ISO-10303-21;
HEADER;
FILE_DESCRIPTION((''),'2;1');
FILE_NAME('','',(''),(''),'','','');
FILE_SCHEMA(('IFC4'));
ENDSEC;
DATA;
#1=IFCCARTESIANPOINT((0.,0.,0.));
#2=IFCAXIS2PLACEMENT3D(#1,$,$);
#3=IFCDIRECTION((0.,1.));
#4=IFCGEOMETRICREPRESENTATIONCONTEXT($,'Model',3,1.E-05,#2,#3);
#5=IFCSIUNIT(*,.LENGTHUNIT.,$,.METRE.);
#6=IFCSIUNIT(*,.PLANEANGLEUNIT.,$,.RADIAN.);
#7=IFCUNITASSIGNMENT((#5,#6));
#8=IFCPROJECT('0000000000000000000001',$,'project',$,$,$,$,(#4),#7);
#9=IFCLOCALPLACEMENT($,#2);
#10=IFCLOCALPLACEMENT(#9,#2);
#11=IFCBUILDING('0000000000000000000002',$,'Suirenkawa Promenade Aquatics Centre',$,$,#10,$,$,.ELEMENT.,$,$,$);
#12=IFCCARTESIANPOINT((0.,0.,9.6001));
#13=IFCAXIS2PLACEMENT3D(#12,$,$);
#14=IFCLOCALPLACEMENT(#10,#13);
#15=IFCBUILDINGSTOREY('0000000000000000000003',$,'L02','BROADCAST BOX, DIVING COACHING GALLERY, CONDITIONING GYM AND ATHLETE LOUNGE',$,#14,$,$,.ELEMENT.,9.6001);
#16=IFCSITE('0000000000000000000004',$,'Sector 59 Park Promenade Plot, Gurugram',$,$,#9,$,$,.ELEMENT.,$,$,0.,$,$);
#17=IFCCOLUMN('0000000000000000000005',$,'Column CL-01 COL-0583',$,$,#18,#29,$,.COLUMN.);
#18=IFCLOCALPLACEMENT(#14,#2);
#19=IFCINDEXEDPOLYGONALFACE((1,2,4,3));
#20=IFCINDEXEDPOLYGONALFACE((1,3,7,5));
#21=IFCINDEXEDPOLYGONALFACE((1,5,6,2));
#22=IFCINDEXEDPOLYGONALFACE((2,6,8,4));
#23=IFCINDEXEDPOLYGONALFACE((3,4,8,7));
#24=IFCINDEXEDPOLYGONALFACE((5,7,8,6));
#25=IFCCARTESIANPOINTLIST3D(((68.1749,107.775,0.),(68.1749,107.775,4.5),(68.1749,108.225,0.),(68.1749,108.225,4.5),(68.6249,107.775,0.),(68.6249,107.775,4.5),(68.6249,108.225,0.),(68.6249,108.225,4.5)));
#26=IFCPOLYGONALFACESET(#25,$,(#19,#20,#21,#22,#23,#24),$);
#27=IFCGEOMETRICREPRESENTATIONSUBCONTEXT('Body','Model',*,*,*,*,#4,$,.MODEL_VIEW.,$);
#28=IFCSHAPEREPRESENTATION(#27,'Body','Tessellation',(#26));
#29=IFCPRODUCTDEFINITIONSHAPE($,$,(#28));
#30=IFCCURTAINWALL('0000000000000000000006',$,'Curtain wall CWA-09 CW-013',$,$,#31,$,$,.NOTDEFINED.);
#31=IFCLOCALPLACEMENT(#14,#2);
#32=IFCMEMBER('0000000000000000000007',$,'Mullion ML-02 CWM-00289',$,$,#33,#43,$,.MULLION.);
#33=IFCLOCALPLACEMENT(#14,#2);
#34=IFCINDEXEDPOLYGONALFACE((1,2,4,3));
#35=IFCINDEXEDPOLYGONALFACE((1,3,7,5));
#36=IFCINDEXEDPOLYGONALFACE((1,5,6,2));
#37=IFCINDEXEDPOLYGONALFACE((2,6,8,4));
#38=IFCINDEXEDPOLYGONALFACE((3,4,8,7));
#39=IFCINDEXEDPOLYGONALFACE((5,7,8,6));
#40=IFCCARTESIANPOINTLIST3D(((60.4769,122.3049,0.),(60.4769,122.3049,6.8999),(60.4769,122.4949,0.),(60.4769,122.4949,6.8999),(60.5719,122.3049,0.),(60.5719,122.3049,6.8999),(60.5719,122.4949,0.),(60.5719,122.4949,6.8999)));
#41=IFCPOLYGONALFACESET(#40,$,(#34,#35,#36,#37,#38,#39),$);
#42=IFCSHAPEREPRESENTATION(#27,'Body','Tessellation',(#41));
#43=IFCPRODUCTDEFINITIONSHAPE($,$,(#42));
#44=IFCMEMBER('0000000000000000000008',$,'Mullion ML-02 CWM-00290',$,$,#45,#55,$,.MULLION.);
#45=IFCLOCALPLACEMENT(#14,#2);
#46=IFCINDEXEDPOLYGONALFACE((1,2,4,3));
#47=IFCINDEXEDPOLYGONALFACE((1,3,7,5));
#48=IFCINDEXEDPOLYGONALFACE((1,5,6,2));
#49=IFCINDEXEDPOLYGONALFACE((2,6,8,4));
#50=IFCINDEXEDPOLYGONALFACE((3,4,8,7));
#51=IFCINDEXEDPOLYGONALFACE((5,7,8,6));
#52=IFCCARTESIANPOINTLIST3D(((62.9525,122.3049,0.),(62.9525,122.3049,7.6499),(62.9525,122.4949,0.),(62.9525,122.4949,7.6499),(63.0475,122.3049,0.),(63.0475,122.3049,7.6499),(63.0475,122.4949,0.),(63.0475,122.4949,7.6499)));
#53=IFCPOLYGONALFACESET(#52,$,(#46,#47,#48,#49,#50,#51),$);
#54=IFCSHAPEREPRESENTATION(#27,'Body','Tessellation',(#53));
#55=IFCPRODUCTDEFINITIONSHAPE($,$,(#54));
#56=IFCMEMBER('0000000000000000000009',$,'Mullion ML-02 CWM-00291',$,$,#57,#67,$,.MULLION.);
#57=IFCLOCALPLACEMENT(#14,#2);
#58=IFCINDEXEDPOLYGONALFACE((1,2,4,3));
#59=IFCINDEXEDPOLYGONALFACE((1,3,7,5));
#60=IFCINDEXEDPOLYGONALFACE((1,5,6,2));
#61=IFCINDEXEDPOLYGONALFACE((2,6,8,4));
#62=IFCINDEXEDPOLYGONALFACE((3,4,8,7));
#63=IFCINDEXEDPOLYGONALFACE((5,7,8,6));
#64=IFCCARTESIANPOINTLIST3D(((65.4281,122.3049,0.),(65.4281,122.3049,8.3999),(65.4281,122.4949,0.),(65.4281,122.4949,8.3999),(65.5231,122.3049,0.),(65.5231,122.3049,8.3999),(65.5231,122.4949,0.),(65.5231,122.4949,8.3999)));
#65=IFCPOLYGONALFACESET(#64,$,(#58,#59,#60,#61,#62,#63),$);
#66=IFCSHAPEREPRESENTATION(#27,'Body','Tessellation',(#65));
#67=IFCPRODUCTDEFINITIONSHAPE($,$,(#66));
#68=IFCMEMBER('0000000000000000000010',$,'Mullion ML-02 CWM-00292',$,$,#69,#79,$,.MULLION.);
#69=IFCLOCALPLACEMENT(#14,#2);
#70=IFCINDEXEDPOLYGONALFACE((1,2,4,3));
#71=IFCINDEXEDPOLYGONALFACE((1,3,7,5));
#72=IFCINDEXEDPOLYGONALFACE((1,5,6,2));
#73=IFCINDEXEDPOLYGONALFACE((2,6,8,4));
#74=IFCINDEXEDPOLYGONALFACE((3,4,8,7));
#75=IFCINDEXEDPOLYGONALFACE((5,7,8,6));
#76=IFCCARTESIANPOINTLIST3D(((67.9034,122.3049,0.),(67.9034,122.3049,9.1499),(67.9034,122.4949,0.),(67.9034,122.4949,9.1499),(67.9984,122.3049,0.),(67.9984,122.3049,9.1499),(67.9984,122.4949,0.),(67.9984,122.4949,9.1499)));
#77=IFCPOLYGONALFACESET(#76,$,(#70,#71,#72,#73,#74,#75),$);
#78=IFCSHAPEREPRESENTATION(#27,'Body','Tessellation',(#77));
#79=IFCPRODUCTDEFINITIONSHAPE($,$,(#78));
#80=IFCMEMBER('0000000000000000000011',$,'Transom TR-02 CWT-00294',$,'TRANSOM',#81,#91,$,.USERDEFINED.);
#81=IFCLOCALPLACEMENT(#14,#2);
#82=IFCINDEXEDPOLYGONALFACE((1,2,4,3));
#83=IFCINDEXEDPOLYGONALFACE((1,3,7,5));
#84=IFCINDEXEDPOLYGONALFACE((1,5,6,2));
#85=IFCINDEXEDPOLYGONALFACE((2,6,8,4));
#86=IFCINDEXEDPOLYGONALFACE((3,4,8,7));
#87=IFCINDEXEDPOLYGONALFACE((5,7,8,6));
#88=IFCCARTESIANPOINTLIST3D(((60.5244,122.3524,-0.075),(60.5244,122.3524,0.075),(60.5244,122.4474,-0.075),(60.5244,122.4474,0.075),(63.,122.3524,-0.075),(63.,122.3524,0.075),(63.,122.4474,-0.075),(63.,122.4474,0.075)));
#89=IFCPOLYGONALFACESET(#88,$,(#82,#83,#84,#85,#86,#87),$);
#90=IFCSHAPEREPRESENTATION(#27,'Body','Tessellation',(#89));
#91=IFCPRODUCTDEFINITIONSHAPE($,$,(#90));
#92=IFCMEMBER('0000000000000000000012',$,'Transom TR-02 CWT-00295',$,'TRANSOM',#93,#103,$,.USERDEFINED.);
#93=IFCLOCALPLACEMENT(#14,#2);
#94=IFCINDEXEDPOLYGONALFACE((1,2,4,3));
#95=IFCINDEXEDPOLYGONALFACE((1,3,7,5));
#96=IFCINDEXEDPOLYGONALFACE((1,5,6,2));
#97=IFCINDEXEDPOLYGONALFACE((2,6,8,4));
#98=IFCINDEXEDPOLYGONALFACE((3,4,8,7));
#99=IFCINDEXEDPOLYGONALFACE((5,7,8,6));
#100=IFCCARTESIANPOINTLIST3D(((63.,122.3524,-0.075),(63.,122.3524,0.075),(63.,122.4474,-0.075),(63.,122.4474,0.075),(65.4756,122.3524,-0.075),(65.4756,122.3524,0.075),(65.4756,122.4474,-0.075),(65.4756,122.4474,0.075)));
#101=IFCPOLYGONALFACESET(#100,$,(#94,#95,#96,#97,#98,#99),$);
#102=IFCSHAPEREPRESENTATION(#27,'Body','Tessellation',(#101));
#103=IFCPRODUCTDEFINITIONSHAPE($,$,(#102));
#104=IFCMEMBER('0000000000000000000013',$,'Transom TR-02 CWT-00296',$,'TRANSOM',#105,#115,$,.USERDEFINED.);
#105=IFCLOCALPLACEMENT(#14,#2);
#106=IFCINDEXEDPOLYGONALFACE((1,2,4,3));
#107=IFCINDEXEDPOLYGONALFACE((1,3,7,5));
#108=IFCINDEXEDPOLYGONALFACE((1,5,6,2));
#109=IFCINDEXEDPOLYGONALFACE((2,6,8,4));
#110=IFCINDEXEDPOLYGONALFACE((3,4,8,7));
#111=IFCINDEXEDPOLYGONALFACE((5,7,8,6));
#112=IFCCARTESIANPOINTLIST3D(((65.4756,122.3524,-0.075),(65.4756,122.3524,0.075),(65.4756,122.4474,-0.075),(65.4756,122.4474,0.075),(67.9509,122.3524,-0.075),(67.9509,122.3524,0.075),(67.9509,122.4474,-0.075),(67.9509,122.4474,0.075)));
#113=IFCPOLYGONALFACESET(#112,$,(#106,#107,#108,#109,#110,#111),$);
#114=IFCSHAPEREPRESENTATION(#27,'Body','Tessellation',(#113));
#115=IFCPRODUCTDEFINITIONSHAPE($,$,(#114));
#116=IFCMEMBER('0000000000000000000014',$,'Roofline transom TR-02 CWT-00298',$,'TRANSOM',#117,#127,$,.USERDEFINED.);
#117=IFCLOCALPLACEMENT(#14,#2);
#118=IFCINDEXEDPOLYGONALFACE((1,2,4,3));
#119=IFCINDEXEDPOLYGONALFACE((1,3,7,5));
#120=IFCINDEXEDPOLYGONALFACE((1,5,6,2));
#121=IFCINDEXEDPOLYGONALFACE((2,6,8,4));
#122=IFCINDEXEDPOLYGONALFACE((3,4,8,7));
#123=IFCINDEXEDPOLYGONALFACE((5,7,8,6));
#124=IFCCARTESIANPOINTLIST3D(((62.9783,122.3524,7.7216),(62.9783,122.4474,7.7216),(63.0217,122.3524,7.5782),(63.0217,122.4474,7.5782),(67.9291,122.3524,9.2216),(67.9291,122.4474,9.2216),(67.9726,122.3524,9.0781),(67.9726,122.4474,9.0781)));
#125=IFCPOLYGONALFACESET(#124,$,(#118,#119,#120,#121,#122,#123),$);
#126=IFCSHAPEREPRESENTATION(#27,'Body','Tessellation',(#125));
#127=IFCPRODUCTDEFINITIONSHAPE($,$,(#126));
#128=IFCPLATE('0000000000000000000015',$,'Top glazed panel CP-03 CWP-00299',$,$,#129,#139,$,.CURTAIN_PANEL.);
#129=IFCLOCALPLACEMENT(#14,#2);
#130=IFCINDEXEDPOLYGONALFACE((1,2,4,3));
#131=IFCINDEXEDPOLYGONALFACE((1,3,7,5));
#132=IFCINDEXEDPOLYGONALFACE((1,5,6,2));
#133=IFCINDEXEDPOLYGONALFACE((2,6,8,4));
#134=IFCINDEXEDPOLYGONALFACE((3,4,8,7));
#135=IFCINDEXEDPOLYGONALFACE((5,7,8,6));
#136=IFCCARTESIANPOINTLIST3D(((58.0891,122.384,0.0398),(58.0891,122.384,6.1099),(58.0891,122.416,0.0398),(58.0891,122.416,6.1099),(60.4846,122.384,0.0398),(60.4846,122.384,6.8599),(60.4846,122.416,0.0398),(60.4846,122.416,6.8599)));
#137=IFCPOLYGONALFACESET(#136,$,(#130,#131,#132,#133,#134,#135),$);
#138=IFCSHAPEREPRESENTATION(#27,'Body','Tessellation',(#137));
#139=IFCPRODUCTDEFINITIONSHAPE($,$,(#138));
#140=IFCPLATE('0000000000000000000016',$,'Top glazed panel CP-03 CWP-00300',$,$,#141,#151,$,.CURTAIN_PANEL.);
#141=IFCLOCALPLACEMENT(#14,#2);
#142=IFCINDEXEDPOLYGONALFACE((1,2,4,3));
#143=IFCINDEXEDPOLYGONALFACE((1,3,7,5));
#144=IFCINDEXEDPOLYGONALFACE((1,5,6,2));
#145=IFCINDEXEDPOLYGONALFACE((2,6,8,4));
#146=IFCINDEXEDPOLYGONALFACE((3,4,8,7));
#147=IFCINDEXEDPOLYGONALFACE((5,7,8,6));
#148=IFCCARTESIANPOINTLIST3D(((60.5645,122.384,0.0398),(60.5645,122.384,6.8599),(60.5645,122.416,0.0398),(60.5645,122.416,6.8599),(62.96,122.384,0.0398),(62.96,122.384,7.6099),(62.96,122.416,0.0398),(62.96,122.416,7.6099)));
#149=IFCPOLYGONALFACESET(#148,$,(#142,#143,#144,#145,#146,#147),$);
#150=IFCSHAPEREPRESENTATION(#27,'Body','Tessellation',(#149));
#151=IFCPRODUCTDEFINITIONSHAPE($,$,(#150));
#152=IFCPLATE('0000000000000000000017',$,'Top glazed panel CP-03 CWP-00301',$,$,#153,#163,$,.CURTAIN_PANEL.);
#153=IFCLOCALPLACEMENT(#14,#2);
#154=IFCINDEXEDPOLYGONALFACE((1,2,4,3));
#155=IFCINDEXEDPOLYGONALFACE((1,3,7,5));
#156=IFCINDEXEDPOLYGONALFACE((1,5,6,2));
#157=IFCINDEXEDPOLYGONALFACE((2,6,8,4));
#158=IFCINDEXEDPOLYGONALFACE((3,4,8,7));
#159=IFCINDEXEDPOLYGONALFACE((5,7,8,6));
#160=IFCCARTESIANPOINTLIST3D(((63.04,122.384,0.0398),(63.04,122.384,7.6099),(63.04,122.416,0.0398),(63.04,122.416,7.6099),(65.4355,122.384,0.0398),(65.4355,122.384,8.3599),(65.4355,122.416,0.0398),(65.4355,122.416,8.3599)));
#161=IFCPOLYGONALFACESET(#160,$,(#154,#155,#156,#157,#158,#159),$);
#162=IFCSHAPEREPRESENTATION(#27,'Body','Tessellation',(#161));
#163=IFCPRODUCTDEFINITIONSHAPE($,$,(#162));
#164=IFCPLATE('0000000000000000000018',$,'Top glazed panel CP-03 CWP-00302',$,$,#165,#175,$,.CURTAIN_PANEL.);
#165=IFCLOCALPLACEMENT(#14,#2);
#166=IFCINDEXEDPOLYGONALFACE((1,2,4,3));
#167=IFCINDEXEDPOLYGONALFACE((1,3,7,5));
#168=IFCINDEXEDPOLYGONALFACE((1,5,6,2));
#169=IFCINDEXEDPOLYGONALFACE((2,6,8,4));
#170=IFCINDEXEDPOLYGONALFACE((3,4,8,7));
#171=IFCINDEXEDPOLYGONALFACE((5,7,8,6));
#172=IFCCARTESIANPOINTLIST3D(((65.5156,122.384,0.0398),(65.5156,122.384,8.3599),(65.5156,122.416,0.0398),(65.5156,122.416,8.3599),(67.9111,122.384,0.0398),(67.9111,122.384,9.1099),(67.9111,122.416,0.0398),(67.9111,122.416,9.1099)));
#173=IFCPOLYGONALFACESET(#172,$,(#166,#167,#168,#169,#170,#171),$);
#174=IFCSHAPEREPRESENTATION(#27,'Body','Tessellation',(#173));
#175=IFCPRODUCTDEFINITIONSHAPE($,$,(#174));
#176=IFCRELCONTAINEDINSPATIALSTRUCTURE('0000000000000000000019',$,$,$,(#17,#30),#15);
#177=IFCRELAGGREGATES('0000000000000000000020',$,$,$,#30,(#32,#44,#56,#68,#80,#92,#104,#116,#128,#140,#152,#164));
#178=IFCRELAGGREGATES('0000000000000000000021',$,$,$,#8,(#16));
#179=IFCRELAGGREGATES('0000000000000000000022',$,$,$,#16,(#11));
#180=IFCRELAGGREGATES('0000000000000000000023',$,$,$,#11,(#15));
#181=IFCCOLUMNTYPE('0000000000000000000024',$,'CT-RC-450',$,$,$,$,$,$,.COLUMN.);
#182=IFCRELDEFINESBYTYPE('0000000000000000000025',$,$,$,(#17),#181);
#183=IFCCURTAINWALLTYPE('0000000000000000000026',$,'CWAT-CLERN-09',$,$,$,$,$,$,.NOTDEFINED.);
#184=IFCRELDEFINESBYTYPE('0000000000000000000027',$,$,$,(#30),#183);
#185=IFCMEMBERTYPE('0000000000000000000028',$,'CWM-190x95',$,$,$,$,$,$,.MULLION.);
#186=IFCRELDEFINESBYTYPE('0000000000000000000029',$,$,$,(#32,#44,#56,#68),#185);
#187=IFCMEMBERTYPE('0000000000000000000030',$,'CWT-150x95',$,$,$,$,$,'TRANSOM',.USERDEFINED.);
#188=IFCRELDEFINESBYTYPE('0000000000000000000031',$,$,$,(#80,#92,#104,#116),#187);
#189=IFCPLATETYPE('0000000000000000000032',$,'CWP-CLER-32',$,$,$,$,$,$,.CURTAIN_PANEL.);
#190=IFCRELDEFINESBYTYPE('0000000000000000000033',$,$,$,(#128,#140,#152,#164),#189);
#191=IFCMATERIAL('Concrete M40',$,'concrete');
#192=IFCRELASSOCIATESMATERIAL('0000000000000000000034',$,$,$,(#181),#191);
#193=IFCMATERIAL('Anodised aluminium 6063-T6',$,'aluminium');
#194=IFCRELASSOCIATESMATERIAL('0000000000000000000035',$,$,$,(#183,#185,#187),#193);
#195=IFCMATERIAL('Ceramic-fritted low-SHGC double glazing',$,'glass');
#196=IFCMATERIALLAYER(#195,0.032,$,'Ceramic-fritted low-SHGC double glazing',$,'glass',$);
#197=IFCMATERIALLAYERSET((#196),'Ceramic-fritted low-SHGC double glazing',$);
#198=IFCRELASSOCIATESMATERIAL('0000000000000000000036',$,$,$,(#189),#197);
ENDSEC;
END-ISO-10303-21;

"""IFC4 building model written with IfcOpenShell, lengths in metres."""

from ifc_helpers import new_model, si_unit, direction, frame, origin, origin_2d, place, context, subcontext, project, spatial, polyline, rectangle, outline, extrude, material, layer, layer_set, material_profile, profile_set, type_object, element, aggregate, save


model = new_model("IFC4")

# Units and contexts
model_context = context("Model", 3, precision=1e-05, world=origin(), true_north=direction((0.0, 1.0)))
body_context = subcontext(model_context, "Body", "Model", "MODEL_VIEW")
ifc_project = project(units=[si_unit("LENGTHUNIT", "METRE"), si_unit("PLANEANGLEUNIT", "RADIAN")], contexts=[model_context])

# Site, building, storey
site_placement = place(None, origin())
site = spatial("IfcSite", under=ifc_project, at=site_placement, Name="Sector 59 Park Promenade Plot, Gurugram", CompositionType="ELEMENT", RefElevation=0.0)
building_placement = place(site_placement, origin())
building = spatial("IfcBuilding", under=site, at=building_placement, Name="Suirenkawa Promenade Aquatics Centre", CompositionType="ELEMENT")
storey_placement = place(building_placement, frame((0.0, 0.0, 9.6001)))
storey = spatial("IfcBuildingStorey", under=building, at=storey_placement, Name="L02", Description="BROADCAST BOX, DIVING COACHING GALLERY, CONDITIONING GYM AND ATHLETE LOUNGE", CompositionType="ELEMENT", Elevation=9.6001)

# Column
ifc_material_1 = material(Name="Concrete M40", Category="concrete")
ifc_material_profile_1 = material_profile(ifc_material_1, rectangle(XDim=0.45, YDim=0.45, at=origin_2d()), Name="RC COL 450x450", Category="concrete")
ifc_profile_set_1 = profile_set([ifc_material_profile_1], Name="Concrete M40")
column_type = type_object("IfcColumnType", Name="CT-RC-450", PredefinedType="COLUMN", material=ifc_profile_set_1)
column_placement = place(storey_placement, frame((68.3999, 108.0, 0.0), z_axis=(0.0, 0.0, 1.0), x_axis=(1.0, 0.0, 0.0)))
element("IfcColumn", 1, at=column_placement, inside=storey, type_object=column_type, Name="Column CL-01 COL-0583", PredefinedType="COLUMN", context=body_context, shape_type="SweptSolid", body=[
    extrude(rectangle(XDim=0.45, YDim=0.45, at=origin_2d()), origin(), (0.0, 0.0, 1.0), 4.5),
])

# Curtain wall, members, plates
ifc_material_2 = material(Name="Anodised aluminium 6063-T6", Category="aluminium")
curtain_wall_type = type_object("IfcCurtainWallType", Name="CWAT-CLERN-09", PredefinedType="NOTDEFINED", material=ifc_material_2)
curtain_wall_placement = place(storey_placement, origin())
curtain_wall = element("IfcCurtainWall", 2, at=curtain_wall_placement, inside=storey, type_object=curtain_wall_type, Name="Curtain wall CWA-09 CW-013", PredefinedType="NOTDEFINED")
ifc_material_profile_2 = material_profile(ifc_material_2, rectangle(XDim=0.095, YDim=0.1899, at=origin_2d()), Name="ALU MULL 95x190", Category="aluminium")
ifc_profile_set_2 = profile_set([ifc_material_profile_2], Name="Anodised aluminium 6063-T6")
member_type_1 = type_object("IfcMemberType", Name="CWM-190x95", PredefinedType="MULLION", material=ifc_profile_set_2)
member_1_placement = place(storey_placement, frame((60.5244, 122.3999, 0.0), z_axis=(0.0, 0.0, 1.0), x_axis=(1.0, 0.0, 0.0)))
member_1 = element("IfcMember", 3, at=member_1_placement, type_object=member_type_1, Name="Mullion ML-02 CWM-00289", PredefinedType="MULLION", context=body_context, shape_type="SweptSolid", body=[
    extrude(rectangle(XDim=0.095, YDim=0.1899, at=origin_2d()), origin(), (0.0, 0.0, 1.0), 6.8999),
])
member_2_placement = place(storey_placement, frame((63.0, 122.3999, 0.0), z_axis=(0.0, 0.0, 1.0), x_axis=(1.0, 0.0, 0.0)))
member_2 = element("IfcMember", 4, at=member_2_placement, type_object=member_type_1, Name="Mullion ML-02 CWM-00290", PredefinedType="MULLION", context=body_context, shape_type="SweptSolid", body=[
    extrude(rectangle(XDim=0.095, YDim=0.1899, at=origin_2d()), origin(), (0.0, 0.0, 1.0), 7.6499),
])
member_3_placement = place(storey_placement, frame((65.4756, 122.3999, 0.0), z_axis=(0.0, 0.0, 1.0), x_axis=(1.0, 0.0, 0.0)))
member_3 = element("IfcMember", 5, at=member_3_placement, type_object=member_type_1, Name="Mullion ML-02 CWM-00291", PredefinedType="MULLION", context=body_context, shape_type="SweptSolid", body=[
    extrude(rectangle(XDim=0.095, YDim=0.1899, at=origin_2d()), origin(), (0.0, 0.0, 1.0), 8.3999),
])
member_4_placement = place(storey_placement, frame((67.9509, 122.3999, 0.0), z_axis=(0.0, 0.0, 1.0), x_axis=(1.0, 0.0, 0.0)))
member_4 = element("IfcMember", 6, at=member_4_placement, type_object=member_type_1, Name="Mullion ML-02 CWM-00292", PredefinedType="MULLION", context=body_context, shape_type="SweptSolid", body=[
    extrude(rectangle(XDim=0.095, YDim=0.1899, at=origin_2d()), origin(), (0.0, 0.0, 1.0), 9.1499),
])
ifc_material_profile_3 = material_profile(ifc_material_2, rectangle(XDim=0.095, YDim=0.1499, at=origin_2d()), Name="ALU TRAN 95x150", Category="aluminium")
ifc_profile_set_3 = profile_set([ifc_material_profile_3], Name="Anodised aluminium 6063-T6")
member_type_2 = type_object("IfcMemberType", Name="CWT-150x95", ElementType="TRANSOM", PredefinedType="USERDEFINED", material=ifc_profile_set_3)
member_5_placement = place(storey_placement, frame((60.5244, 122.3999, 0.0), z_axis=(1.0, 0.0, 0.0), x_axis=(0.0, 1.0, 0.0)))
member_5 = element("IfcMember", 7, at=member_5_placement, type_object=member_type_2, Name="Transom TR-02 CWT-00294", ObjectType="TRANSOM", PredefinedType="USERDEFINED", context=body_context, shape_type="SweptSolid", body=[
    extrude(rectangle(XDim=0.095, YDim=0.1499, at=origin_2d()), origin(), (0.0, 0.0, 1.0), 2.4756),
])
member_6_placement = place(storey_placement, frame((63.0, 122.3999, 0.0), z_axis=(1.0, 0.0, 0.0), x_axis=(0.0, 1.0, 0.0)))
member_6 = element("IfcMember", 8, at=member_6_placement, type_object=member_type_2, Name="Transom TR-02 CWT-00295", ObjectType="TRANSOM", PredefinedType="USERDEFINED", context=body_context, shape_type="SweptSolid", body=[
    extrude(rectangle(XDim=0.095, YDim=0.1499, at=origin_2d()), origin(), (0.0, 0.0, 1.0), 2.4756),
])
member_7_placement = place(storey_placement, frame((65.4756, 122.3999, 0.0), z_axis=(1.0, 0.0, 0.0), x_axis=(0.0, 1.0, 0.0)))
member_7 = element("IfcMember", 9, at=member_7_placement, type_object=member_type_2, Name="Transom TR-02 CWT-00296", ObjectType="TRANSOM", PredefinedType="USERDEFINED", context=body_context, shape_type="SweptSolid", body=[
    extrude(rectangle(XDim=0.095, YDim=0.1499, at=origin_2d()), origin(), (0.0, 0.0, 1.0), 2.4753),
])
member_8_placement = place(storey_placement, frame((63.0, 122.3999, 7.6499), z_axis=(0.957039, 0.0, 0.289958), x_axis=(0.0, 1.0, 0.0)))
member_8 = element("IfcMember", 10, at=member_8_placement, type_object=member_type_2, Name="Roofline transom TR-02 CWT-00298", ObjectType="TRANSOM", PredefinedType="USERDEFINED", context=body_context, shape_type="SweptSolid", body=[
    extrude(rectangle(XDim=0.095, YDim=0.1499, at=origin_2d()), origin(), (0.0, 0.0, 1.0), 5.1731),
])
ifc_material_3 = material(Name="Ceramic-fritted low-SHGC double glazing", Category="glass")
ifc_layer_1 = layer(ifc_material_3, 0.032, Name="Ceramic-fritted low-SHGC double glazing", Category="glass")
ifc_layer_set_1 = layer_set([ifc_layer_1], Name="Ceramic-fritted low-SHGC double glazing")
plate_type = type_object("IfcPlateType", Name="CWP-CLER-32", PredefinedType="CURTAIN_PANEL", material=ifc_layer_set_1)
plate_1_placement = place(storey_placement, frame((58.0491, 122.3999, 0.0398), z_axis=(0.0, 0.0, 1.0), x_axis=(1.0, 0.0, 0.0)))
plate_1 = element("IfcPlate", 11, at=plate_1_placement, type_object=plate_type, Name="Top glazed panel CP-03 CWP-00299", PredefinedType="CURTAIN_PANEL", context=body_context, shape_type="SweptSolid", body=[
    extrude(outline(polyline([(0.04, 0.0), (2.4355, 0.0), (2.4355, 6.8201), (0.04, 6.0701), (0.04, 0.0)])), frame((0.0, 0.0161, 0.0), z_axis=(0.0, -1.0, 0.0), x_axis=(1.0, 0.0, 0.0)), (0.0, 0.0, 1.0), 0.032),
])
plate_2_placement = place(storey_placement, frame((60.5244, 122.3999, 0.0398), z_axis=(0.0, 0.0, 1.0), x_axis=(1.0, 0.0, 0.0)))
plate_2 = element("IfcPlate", 12, at=plate_2_placement, type_object=plate_type, Name="Top glazed panel CP-03 CWP-00300", PredefinedType="CURTAIN_PANEL", context=body_context, shape_type="SweptSolid", body=[
    extrude(outline(polyline([(0.04, 0.0), (2.4355, 0.0), (2.4355, 7.5701), (0.04, 6.8201), (0.04, 0.0)])), frame((0.0, 0.0161, 0.0), z_axis=(0.0, -1.0, 0.0), x_axis=(1.0, 0.0, 0.0)), (0.0, 0.0, 1.0), 0.032),
])
plate_3_placement = place(storey_placement, frame((63.0, 122.3999, 0.0398), z_axis=(0.0, 0.0, 1.0), x_axis=(1.0, 0.0, 0.0)))
plate_3 = element("IfcPlate", 13, at=plate_3_placement, type_object=plate_type, Name="Top glazed panel CP-03 CWP-00301", PredefinedType="CURTAIN_PANEL", context=body_context, shape_type="SweptSolid", body=[
    extrude(outline(polyline([(0.04, 0.0), (2.4355, 0.0), (2.4355, 8.3201), (0.04, 7.5701), (0.04, 0.0)])), frame((0.0, 0.0161, 0.0), z_axis=(0.0, -1.0, 0.0), x_axis=(1.0, 0.0, 0.0)), (0.0, 0.0, 1.0), 0.032),
])
plate_4_placement = place(storey_placement, frame((65.4756, 122.3999, 0.0398), z_axis=(0.0, 0.0, 1.0), x_axis=(1.0, 0.0, 0.0)))
plate_4 = element("IfcPlate", 14, at=plate_4_placement, type_object=plate_type, Name="Top glazed panel CP-03 CWP-00302", PredefinedType="CURTAIN_PANEL", context=body_context, shape_type="SweptSolid", body=[
    extrude(outline(polyline([(0.04, 0.0), (2.4355, 0.0), (2.4355, 9.0701), (0.04, 8.3201), (0.04, 0.0)])), frame((0.0, 0.0161, 0.0), z_axis=(0.0, -1.0, 0.0), x_axis=(1.0, 0.0, 0.0)), (0.0, 0.0, 1.0), 0.032),
])
aggregate(curtain_wall, [member_1, member_2, member_3, member_4, member_5, member_6, member_7, member_8, plate_1, plate_2, plate_3, plate_4])

save(model, "model.ifc")
